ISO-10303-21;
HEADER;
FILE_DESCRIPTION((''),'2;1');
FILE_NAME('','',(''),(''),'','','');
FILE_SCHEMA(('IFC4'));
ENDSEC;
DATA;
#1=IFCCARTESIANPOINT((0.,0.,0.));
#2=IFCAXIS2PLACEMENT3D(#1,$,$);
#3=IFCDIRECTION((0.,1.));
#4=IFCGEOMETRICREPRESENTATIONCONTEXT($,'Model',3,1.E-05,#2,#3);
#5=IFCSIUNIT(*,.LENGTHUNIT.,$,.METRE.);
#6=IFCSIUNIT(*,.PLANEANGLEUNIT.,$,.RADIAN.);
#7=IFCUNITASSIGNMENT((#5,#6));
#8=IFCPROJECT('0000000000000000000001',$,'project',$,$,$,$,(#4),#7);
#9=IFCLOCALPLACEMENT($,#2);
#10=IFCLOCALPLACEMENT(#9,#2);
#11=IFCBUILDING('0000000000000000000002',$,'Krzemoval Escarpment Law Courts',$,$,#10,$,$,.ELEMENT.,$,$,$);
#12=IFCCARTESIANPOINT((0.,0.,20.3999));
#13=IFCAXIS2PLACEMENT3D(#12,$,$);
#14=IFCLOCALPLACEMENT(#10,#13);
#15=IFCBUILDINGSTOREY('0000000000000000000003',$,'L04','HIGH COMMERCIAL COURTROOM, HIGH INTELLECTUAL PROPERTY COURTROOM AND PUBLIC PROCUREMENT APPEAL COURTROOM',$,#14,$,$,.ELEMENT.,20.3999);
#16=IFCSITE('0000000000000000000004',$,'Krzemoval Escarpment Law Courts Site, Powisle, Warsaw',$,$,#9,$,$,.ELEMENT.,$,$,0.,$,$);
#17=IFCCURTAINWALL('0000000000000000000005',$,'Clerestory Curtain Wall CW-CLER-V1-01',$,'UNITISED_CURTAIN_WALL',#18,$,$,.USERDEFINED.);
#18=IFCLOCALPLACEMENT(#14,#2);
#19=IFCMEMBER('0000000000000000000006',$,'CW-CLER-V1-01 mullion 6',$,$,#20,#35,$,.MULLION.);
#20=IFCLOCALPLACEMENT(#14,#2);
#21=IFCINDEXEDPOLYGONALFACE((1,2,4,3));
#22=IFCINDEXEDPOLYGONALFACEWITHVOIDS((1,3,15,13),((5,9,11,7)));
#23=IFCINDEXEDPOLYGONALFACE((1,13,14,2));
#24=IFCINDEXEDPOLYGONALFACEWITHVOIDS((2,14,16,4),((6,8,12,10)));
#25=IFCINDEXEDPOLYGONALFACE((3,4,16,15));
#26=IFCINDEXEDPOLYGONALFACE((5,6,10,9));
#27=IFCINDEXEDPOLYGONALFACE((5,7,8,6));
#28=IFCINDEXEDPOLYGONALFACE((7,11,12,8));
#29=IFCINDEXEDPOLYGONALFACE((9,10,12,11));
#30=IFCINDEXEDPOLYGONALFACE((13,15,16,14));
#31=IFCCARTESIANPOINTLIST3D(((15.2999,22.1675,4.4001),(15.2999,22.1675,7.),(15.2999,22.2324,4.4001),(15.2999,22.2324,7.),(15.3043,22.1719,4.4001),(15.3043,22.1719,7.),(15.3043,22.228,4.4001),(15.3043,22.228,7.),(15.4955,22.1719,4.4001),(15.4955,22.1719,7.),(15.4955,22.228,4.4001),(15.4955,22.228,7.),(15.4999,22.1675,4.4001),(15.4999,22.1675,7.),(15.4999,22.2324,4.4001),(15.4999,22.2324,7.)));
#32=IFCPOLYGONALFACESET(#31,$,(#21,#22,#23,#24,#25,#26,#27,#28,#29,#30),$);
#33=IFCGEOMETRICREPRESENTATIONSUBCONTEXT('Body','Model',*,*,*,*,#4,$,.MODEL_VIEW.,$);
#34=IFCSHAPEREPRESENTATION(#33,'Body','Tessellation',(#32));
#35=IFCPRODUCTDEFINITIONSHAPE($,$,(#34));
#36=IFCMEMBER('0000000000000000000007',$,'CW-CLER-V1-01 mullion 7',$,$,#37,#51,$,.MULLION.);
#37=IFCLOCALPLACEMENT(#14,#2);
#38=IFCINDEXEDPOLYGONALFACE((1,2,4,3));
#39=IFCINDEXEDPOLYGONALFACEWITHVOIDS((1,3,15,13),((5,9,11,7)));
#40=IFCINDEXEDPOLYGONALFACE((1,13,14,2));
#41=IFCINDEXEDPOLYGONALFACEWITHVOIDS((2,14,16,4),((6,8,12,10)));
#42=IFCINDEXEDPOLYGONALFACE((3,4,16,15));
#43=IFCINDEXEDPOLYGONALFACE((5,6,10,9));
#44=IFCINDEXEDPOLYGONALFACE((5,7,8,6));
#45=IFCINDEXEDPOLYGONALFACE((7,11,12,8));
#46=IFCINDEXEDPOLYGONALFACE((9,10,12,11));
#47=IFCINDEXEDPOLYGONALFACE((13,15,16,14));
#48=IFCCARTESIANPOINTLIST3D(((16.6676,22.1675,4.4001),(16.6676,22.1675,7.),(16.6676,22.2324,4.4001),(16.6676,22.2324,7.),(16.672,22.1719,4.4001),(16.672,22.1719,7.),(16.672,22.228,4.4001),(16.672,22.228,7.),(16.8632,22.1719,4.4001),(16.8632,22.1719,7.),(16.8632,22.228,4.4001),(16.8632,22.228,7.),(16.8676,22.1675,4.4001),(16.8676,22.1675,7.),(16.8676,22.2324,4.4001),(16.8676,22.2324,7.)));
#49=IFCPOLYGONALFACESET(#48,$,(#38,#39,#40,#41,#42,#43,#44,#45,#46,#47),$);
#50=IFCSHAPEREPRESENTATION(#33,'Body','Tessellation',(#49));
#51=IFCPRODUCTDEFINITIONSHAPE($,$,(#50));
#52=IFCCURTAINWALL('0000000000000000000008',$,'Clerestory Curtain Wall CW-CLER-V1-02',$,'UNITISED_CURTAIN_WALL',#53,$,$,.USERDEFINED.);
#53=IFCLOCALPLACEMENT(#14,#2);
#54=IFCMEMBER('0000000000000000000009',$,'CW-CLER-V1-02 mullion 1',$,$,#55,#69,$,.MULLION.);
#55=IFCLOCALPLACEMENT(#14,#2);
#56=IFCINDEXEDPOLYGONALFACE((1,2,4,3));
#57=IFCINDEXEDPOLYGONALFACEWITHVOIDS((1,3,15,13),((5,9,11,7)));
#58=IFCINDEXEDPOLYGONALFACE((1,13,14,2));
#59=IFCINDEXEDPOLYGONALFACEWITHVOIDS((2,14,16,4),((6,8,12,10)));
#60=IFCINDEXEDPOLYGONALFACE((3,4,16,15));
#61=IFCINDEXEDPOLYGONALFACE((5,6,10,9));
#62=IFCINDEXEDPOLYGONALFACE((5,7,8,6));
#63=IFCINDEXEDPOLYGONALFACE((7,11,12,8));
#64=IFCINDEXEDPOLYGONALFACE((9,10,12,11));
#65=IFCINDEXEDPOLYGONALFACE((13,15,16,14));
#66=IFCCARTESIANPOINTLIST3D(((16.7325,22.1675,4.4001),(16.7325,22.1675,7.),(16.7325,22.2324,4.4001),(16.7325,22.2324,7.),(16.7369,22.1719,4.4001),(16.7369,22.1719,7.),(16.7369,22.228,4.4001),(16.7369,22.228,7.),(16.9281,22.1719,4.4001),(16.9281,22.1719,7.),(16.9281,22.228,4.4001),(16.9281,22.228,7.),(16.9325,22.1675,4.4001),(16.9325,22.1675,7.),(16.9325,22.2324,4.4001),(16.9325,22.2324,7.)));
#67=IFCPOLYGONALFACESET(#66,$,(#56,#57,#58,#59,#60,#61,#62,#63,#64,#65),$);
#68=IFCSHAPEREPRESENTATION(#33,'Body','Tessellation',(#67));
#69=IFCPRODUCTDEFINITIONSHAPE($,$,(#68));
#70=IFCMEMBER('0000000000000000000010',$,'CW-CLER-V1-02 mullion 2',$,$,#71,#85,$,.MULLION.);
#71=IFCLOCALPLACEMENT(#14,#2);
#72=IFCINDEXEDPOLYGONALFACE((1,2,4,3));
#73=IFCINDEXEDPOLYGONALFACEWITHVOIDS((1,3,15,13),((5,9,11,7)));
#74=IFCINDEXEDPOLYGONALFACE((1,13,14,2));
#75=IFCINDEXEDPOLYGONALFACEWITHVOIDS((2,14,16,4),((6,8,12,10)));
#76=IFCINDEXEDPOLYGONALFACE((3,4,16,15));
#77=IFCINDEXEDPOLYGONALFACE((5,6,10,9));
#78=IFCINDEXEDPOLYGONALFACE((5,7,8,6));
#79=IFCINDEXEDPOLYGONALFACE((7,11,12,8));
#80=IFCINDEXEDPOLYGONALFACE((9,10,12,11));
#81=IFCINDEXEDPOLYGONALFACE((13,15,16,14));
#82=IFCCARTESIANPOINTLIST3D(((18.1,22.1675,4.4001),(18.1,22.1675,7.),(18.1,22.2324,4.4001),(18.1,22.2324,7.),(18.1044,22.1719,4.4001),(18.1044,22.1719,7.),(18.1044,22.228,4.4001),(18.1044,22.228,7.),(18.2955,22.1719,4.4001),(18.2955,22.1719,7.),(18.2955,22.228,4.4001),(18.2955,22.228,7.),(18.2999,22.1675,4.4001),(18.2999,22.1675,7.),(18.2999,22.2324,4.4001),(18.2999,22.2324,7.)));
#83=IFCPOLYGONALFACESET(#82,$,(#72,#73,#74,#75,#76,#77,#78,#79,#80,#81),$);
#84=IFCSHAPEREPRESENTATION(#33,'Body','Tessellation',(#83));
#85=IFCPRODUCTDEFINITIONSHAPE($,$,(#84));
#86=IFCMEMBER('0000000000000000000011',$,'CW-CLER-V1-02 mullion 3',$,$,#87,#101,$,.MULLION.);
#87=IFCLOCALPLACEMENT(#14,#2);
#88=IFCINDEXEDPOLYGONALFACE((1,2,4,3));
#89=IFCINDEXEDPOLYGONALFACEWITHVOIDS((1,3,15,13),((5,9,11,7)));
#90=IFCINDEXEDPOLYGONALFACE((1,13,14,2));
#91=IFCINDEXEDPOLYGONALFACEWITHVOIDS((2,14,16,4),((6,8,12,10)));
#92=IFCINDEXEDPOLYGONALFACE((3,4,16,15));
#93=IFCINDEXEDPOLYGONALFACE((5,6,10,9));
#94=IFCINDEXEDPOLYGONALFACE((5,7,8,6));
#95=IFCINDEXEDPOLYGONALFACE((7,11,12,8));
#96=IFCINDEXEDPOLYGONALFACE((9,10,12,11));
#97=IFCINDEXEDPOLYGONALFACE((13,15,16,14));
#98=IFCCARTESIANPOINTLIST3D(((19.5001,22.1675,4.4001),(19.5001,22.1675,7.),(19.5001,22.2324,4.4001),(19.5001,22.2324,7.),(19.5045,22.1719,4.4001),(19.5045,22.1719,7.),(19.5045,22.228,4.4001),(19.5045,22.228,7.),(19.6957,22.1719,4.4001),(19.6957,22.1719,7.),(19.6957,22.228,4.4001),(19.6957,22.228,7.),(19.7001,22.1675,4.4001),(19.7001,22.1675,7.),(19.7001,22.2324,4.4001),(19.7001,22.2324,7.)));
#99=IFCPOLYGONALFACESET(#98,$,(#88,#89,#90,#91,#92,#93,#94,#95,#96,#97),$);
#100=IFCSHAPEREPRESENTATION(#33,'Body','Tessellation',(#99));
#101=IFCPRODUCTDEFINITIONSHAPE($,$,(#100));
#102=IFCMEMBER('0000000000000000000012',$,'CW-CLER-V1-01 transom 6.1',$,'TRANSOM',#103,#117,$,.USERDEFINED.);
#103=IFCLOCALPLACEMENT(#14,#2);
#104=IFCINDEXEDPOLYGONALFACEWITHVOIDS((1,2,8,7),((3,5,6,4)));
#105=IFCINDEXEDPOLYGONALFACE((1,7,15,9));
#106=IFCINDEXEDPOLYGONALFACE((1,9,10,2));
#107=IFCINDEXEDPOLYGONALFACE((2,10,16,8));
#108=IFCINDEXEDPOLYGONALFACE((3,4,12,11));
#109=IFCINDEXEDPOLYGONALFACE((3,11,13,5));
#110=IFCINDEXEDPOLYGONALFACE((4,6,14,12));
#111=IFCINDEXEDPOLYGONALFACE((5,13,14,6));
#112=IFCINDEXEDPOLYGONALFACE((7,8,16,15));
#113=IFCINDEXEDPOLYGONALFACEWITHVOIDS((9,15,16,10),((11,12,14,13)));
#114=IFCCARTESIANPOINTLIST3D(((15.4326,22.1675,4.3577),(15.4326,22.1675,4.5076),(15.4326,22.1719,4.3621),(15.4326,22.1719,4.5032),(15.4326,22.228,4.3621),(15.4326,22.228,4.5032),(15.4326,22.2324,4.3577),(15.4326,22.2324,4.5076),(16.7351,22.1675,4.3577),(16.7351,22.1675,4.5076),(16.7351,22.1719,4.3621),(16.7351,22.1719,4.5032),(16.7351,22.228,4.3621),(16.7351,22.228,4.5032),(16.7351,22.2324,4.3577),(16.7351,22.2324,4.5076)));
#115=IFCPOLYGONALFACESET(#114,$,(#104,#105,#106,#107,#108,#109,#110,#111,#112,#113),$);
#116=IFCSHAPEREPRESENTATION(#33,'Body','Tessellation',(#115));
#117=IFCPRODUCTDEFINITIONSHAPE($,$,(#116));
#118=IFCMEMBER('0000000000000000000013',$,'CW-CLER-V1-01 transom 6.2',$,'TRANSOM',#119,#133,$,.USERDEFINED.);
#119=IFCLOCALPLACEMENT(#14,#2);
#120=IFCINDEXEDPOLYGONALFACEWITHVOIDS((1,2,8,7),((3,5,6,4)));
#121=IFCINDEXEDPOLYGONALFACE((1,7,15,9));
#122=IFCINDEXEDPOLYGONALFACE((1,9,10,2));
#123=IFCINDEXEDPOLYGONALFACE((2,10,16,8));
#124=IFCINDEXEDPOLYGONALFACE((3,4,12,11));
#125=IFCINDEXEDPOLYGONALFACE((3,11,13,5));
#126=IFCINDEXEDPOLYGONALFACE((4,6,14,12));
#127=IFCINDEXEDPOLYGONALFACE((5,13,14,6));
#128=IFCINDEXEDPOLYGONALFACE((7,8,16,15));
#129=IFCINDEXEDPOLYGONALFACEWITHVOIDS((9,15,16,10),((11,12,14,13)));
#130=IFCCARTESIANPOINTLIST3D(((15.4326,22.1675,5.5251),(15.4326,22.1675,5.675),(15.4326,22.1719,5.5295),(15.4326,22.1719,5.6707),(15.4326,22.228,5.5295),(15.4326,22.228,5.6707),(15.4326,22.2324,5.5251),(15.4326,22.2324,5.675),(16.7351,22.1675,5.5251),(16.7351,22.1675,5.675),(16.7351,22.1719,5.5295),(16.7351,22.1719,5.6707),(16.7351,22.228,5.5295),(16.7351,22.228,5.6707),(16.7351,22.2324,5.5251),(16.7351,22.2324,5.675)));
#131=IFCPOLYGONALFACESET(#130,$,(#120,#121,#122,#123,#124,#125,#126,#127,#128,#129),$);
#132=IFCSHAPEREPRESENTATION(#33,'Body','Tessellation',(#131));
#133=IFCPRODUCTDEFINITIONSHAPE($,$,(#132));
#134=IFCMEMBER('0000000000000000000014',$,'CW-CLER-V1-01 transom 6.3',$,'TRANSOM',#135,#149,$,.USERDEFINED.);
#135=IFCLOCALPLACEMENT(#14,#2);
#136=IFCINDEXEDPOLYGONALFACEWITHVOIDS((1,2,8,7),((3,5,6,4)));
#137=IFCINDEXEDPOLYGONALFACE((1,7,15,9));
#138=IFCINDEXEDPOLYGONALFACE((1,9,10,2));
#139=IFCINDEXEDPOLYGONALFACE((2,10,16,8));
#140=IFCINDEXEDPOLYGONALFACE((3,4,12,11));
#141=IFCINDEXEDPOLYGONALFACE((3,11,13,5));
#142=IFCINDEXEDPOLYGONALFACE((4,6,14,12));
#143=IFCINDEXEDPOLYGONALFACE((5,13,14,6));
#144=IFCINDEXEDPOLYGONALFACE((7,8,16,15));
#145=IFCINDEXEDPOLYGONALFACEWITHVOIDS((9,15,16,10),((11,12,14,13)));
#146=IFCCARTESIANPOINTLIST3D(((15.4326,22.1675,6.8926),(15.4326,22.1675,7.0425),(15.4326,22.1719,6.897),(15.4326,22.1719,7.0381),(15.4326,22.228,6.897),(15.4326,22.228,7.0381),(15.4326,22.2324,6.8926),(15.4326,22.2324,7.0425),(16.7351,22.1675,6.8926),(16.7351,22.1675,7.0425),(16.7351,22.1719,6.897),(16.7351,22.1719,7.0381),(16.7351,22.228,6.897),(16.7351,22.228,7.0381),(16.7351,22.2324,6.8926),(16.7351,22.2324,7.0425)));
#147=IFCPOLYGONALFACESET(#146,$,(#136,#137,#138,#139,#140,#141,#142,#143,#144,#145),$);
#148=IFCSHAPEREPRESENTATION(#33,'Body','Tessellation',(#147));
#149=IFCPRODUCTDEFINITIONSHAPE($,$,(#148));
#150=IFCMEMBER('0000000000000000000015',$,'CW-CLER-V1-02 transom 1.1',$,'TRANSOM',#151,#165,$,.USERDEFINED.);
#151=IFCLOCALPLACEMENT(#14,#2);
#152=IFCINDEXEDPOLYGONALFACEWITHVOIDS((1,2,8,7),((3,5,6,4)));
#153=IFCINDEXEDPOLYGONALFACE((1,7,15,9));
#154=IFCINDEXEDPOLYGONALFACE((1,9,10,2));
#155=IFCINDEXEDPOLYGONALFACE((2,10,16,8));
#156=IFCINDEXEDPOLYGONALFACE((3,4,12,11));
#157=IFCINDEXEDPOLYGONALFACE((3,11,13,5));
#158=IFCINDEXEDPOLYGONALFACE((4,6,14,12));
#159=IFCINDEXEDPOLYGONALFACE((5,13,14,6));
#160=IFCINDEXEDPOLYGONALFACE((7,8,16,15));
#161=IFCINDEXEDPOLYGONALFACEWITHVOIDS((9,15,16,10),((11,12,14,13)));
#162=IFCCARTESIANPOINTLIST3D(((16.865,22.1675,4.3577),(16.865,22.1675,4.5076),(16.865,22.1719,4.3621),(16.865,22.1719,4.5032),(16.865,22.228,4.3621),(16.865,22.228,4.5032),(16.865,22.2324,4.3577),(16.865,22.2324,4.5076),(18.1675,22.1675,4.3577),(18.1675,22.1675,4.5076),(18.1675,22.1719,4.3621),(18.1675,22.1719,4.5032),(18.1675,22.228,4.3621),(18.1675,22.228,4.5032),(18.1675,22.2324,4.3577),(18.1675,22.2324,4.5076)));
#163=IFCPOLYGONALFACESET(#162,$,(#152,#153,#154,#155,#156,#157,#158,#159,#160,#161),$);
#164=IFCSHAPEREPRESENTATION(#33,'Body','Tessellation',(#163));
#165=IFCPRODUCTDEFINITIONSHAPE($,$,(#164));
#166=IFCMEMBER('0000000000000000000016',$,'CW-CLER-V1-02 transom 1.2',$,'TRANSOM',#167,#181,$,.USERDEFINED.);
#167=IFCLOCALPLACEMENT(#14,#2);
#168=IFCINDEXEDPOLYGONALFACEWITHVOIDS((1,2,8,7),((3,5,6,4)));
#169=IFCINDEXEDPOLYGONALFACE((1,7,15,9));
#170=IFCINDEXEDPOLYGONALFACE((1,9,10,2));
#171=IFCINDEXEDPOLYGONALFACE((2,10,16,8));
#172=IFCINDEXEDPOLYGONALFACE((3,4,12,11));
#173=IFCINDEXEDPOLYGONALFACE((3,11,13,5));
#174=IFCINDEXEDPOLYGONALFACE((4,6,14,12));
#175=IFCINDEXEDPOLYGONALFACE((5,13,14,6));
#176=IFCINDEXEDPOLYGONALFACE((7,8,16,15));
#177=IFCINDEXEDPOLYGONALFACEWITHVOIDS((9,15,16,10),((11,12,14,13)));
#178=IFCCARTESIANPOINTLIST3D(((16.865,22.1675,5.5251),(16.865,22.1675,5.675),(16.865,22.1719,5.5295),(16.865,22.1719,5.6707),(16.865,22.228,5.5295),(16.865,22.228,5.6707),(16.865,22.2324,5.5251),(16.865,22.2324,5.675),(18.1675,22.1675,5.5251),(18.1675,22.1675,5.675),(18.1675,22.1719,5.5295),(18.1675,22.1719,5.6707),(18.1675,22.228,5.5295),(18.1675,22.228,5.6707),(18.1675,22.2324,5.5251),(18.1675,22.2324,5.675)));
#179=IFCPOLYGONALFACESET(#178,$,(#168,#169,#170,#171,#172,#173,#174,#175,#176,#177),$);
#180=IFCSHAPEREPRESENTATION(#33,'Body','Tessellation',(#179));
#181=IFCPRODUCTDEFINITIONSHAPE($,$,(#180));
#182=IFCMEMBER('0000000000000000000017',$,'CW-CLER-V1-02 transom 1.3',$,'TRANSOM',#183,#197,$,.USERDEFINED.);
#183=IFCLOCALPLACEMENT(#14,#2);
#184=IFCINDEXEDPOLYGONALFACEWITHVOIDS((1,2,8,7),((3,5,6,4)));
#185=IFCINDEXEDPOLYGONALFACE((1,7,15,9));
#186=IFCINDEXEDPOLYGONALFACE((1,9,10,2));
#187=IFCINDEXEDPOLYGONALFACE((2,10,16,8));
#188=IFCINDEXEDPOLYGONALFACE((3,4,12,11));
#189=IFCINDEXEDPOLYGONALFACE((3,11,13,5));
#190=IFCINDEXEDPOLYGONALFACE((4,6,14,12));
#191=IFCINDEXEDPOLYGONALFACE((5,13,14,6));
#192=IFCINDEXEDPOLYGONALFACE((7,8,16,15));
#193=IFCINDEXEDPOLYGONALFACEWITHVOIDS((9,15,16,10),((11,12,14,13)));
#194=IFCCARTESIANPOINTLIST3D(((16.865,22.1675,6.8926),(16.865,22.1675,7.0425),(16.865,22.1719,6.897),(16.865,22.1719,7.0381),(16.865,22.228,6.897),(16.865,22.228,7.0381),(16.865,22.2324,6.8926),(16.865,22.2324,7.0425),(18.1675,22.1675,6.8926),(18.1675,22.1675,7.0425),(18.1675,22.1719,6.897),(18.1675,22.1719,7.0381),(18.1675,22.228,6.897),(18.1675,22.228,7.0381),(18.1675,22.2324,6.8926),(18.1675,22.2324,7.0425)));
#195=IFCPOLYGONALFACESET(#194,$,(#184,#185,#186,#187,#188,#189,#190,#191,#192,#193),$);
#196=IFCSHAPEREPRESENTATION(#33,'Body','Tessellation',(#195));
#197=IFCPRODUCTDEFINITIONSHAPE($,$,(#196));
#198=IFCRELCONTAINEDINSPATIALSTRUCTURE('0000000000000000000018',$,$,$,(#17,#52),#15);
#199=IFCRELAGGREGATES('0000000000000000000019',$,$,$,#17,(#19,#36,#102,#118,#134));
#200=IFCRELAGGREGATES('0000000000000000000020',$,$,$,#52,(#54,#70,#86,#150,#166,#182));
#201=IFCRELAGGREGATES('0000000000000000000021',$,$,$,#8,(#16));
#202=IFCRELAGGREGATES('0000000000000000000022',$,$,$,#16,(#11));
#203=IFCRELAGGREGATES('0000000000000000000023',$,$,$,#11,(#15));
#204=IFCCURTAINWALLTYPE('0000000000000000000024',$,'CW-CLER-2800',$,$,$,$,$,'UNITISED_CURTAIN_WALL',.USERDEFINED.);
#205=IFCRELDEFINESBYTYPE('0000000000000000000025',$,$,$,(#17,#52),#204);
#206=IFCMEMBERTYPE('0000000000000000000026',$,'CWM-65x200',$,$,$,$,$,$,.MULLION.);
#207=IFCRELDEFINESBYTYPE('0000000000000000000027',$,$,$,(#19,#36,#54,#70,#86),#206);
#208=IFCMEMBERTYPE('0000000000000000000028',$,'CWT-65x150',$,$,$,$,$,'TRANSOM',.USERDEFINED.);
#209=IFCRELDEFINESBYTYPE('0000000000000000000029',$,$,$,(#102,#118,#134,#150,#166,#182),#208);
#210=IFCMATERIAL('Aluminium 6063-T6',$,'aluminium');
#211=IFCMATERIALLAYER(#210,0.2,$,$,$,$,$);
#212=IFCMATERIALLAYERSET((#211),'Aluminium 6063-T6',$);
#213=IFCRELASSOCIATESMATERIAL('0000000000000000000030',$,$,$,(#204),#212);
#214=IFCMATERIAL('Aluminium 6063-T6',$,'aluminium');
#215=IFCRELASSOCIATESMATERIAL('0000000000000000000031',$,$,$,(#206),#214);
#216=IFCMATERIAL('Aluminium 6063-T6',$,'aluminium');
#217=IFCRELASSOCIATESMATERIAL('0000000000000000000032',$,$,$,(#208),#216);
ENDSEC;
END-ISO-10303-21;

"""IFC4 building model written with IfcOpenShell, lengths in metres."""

from ifc_helpers import new_model, si_unit, direction, frame, origin, origin_2d, place, context, subcontext, project, spatial, hollow_rectangle, extrude, material, layer, layer_set, material_profile, profile_set, type_object, element, aggregate, save


model = new_model("IFC4")

# Units and contexts
model_context = context("Model", 3, precision=1e-05, world=origin(), true_north=direction((0.0, 1.0)))
body_context = subcontext(model_context, "Body", "Model", "MODEL_VIEW")
ifc_project = project(units=[si_unit("LENGTHUNIT", "METRE"), si_unit("PLANEANGLEUNIT", "RADIAN")], contexts=[model_context])

# Site, building, storey
site_placement = place(None, origin())
site = spatial("IfcSite", under=ifc_project, at=site_placement, Name="Krzemoval Escarpment Law Courts Site, Powisle, Warsaw", CompositionType="ELEMENT", RefElevation=0.0)
building_placement = place(site_placement, origin())
building = spatial("IfcBuilding", under=site, at=building_placement, Name="Krzemoval Escarpment Law Courts", CompositionType="ELEMENT")
storey_placement = place(building_placement, frame((0.0, 0.0, 20.3999)))
storey = spatial("IfcBuildingStorey", under=building, at=storey_placement, Name="L04", Description="HIGH COMMERCIAL COURTROOM, HIGH INTELLECTUAL PROPERTY COURTROOM AND PUBLIC PROCUREMENT APPEAL COURTROOM", CompositionType="ELEMENT", Elevation=20.3999)

# Curtain walls, members
ifc_material_1 = material(Name="Aluminium 6063-T6", Category="aluminium")
ifc_layer_1 = layer(ifc_material_1, 0.2)
ifc_layer_set_1 = layer_set([ifc_layer_1], Name="Aluminium 6063-T6")
curtain_wall_type = type_object("IfcCurtainWallType", Name="CW-CLER-2800", ElementType="UNITISED_CURTAIN_WALL", PredefinedType="USERDEFINED", material=ifc_layer_set_1)
curtain_wall_1_placement = place(storey_placement, origin())
curtain_wall_1 = element("IfcCurtainWall", 1, at=curtain_wall_1_placement, inside=storey, type_object=curtain_wall_type, Name="Clerestory Curtain Wall CW-CLER-V1-01", ObjectType="UNITISED_CURTAIN_WALL", PredefinedType="USERDEFINED")
ifc_material_2 = material(Name="Aluminium 6063-T6", Category="aluminium")
ifc_material_profile_1 = material_profile(ifc_material_2, hollow_rectangle(XDim=0.0649, YDim=0.2, WallThickness=0.0044, at=origin_2d()), Name="ALU M65x200")
ifc_profile_set_1 = profile_set([ifc_material_profile_1], Name="Aluminium 6063-T6")
member_type_1 = type_object("IfcMemberType", Name="CWM-65x200", PredefinedType="MULLION", material=ifc_profile_set_1)
member_1_placement = place(storey_placement, frame((15.3999, 22.2, 4.4001), z_axis=(0.0, 0.0, 1.0), x_axis=(0.0, 1.0, 0.0)))
member_1 = element("IfcMember", 2, at=member_1_placement, type_object=member_type_1, Name="CW-CLER-V1-01 mullion 6", PredefinedType="MULLION", context=body_context, shape_type="SweptSolid", body=[
    extrude(hollow_rectangle(XDim=0.0649, YDim=0.2, WallThickness=0.0044, at=origin_2d()), origin(), (0.0, 0.0, 1.0), 2.5999),
])
member_2_placement = place(storey_placement, frame((16.7676, 22.2, 4.4001), z_axis=(0.0, 0.0, 1.0), x_axis=(0.0, 1.0, 0.0)))
member_2 = element("IfcMember", 3, at=member_2_placement, type_object=member_type_1, Name="CW-CLER-V1-01 mullion 7", PredefinedType="MULLION", context=body_context, shape_type="SweptSolid", body=[
    extrude(hollow_rectangle(XDim=0.0649, YDim=0.2, WallThickness=0.0044, at=origin_2d()), origin(), (0.0, 0.0, 1.0), 2.5999),
])
curtain_wall_2_placement = place(storey_placement, origin())
curtain_wall_2 = element("IfcCurtainWall", 4, at=curtain_wall_2_placement, inside=storey, type_object=curtain_wall_type, Name="Clerestory Curtain Wall CW-CLER-V1-02", ObjectType="UNITISED_CURTAIN_WALL", PredefinedType="USERDEFINED")
member_3_placement = place(storey_placement, frame((16.8325, 22.2, 4.4001), z_axis=(0.0, 0.0, 1.0), x_axis=(0.0, 1.0, 0.0)))
member_3 = element("IfcMember", 5, at=member_3_placement, type_object=member_type_1, Name="CW-CLER-V1-02 mullion 1", PredefinedType="MULLION", context=body_context, shape_type="SweptSolid", body=[
    extrude(hollow_rectangle(XDim=0.0649, YDim=0.2, WallThickness=0.0044, at=origin_2d()), origin(), (0.0, 0.0, 1.0), 2.5999),
])
member_4_placement = place(storey_placement, frame((18.2, 22.2, 4.4001), z_axis=(0.0, 0.0, 1.0), x_axis=(0.0, 1.0, 0.0)))
member_4 = element("IfcMember", 6, at=member_4_placement, type_object=member_type_1, Name="CW-CLER-V1-02 mullion 2", PredefinedType="MULLION", context=body_context, shape_type="SweptSolid", body=[
    extrude(hollow_rectangle(XDim=0.0649, YDim=0.2, WallThickness=0.0044, at=origin_2d()), origin(), (0.0, 0.0, 1.0), 2.5999),
])
member_5_placement = place(storey_placement, frame((19.6001, 22.2, 4.4001), z_axis=(0.0, 0.0, 1.0), x_axis=(0.0, 1.0, 0.0)))
member_5 = element("IfcMember", 7, at=member_5_placement, type_object=member_type_1, Name="CW-CLER-V1-02 mullion 3", PredefinedType="MULLION", context=body_context, shape_type="SweptSolid", body=[
    extrude(hollow_rectangle(XDim=0.0649, YDim=0.2, WallThickness=0.0044, at=origin_2d()), origin(), (0.0, 0.0, 1.0), 2.5999),
])

# Members
ifc_material_3 = material(Name="Aluminium 6063-T6", Category="aluminium")
ifc_material_profile_2 = material_profile(ifc_material_3, hollow_rectangle(XDim=0.0649, YDim=0.1499, WallThickness=0.0044, at=origin_2d()), Name="ALU T65x150")
ifc_profile_set_2 = profile_set([ifc_material_profile_2], Name="Aluminium 6063-T6")
member_type_2 = type_object("IfcMemberType", Name="CWT-65x150", ElementType="TRANSOM", PredefinedType="USERDEFINED", material=ifc_profile_set_2)
member_6_placement = place(storey_placement, frame((15.4326, 22.2, 4.4326), z_axis=(1.0, 0.0, 0.0), x_axis=(0.0, 1.0, 0.0)))
member_6 = element("IfcMember", 8, at=member_6_placement, type_object=member_type_2, Name="CW-CLER-V1-01 transom 6.1", ObjectType="TRANSOM", PredefinedType="USERDEFINED", context=body_context, shape_type="SweptSolid", body=[
    extrude(hollow_rectangle(XDim=0.0649, YDim=0.1499, WallThickness=0.0044, at=origin_2d()), origin(), (0.0, 0.0, 1.0), 1.3025),
])
member_7_placement = place(storey_placement, frame((15.4326, 22.2, 5.6001), z_axis=(1.0, 0.0, 0.0), x_axis=(0.0, 1.0, 0.0)))
member_7 = element("IfcMember", 9, at=member_7_placement, type_object=member_type_2, Name="CW-CLER-V1-01 transom 6.2", ObjectType="TRANSOM", PredefinedType="USERDEFINED", context=body_context, shape_type="SweptSolid", body=[
    extrude(hollow_rectangle(XDim=0.0649, YDim=0.1499, WallThickness=0.0044, at=origin_2d()), origin(), (0.0, 0.0, 1.0), 1.3025),
])
member_8_placement = place(storey_placement, frame((15.4326, 22.2, 6.9675), z_axis=(1.0, 0.0, 0.0), x_axis=(0.0, 1.0, 0.0)))
member_8 = element("IfcMember", 10, at=member_8_placement, type_object=member_type_2, Name="CW-CLER-V1-01 transom 6.3", ObjectType="TRANSOM", PredefinedType="USERDEFINED", context=body_context, shape_type="SweptSolid", body=[
    extrude(hollow_rectangle(XDim=0.0649, YDim=0.1499, WallThickness=0.0044, at=origin_2d()), origin(), (0.0, 0.0, 1.0), 1.3025),
])
member_9_placement = place(storey_placement, frame((16.865, 22.2, 4.4326), z_axis=(1.0, 0.0, 0.0), x_axis=(0.0, 1.0, 0.0)))
member_9 = element("IfcMember", 11, at=member_9_placement, type_object=member_type_2, Name="CW-CLER-V1-02 transom 1.1", ObjectType="TRANSOM", PredefinedType="USERDEFINED", context=body_context, shape_type="SweptSolid", body=[
    extrude(hollow_rectangle(XDim=0.0649, YDim=0.1499, WallThickness=0.0044, at=origin_2d()), origin(), (0.0, 0.0, 1.0), 1.3025),
])
member_10_placement = place(storey_placement, frame((16.865, 22.2, 5.6001), z_axis=(1.0, 0.0, 0.0), x_axis=(0.0, 1.0, 0.0)))
member_10 = element("IfcMember", 12, at=member_10_placement, type_object=member_type_2, Name="CW-CLER-V1-02 transom 1.2", ObjectType="TRANSOM", PredefinedType="USERDEFINED", context=body_context, shape_type="SweptSolid", body=[
    extrude(hollow_rectangle(XDim=0.0649, YDim=0.1499, WallThickness=0.0044, at=origin_2d()), origin(), (0.0, 0.0, 1.0), 1.3025),
])
member_11_placement = place(storey_placement, frame((16.865, 22.2, 6.9675), z_axis=(1.0, 0.0, 0.0), x_axis=(0.0, 1.0, 0.0)))
member_11 = element("IfcMember", 13, at=member_11_placement, type_object=member_type_2, Name="CW-CLER-V1-02 transom 1.3", ObjectType="TRANSOM", PredefinedType="USERDEFINED", context=body_context, shape_type="SweptSolid", body=[
    extrude(hollow_rectangle(XDim=0.0649, YDim=0.1499, WallThickness=0.0044, at=origin_2d()), origin(), (0.0, 0.0, 1.0), 1.3025),
])

aggregate(curtain_wall_1, [member_1, member_2, member_6, member_7, member_8])
aggregate(curtain_wall_2, [member_3, member_4, member_5, member_9, member_10, member_11])

save(model, "model.ifc")
